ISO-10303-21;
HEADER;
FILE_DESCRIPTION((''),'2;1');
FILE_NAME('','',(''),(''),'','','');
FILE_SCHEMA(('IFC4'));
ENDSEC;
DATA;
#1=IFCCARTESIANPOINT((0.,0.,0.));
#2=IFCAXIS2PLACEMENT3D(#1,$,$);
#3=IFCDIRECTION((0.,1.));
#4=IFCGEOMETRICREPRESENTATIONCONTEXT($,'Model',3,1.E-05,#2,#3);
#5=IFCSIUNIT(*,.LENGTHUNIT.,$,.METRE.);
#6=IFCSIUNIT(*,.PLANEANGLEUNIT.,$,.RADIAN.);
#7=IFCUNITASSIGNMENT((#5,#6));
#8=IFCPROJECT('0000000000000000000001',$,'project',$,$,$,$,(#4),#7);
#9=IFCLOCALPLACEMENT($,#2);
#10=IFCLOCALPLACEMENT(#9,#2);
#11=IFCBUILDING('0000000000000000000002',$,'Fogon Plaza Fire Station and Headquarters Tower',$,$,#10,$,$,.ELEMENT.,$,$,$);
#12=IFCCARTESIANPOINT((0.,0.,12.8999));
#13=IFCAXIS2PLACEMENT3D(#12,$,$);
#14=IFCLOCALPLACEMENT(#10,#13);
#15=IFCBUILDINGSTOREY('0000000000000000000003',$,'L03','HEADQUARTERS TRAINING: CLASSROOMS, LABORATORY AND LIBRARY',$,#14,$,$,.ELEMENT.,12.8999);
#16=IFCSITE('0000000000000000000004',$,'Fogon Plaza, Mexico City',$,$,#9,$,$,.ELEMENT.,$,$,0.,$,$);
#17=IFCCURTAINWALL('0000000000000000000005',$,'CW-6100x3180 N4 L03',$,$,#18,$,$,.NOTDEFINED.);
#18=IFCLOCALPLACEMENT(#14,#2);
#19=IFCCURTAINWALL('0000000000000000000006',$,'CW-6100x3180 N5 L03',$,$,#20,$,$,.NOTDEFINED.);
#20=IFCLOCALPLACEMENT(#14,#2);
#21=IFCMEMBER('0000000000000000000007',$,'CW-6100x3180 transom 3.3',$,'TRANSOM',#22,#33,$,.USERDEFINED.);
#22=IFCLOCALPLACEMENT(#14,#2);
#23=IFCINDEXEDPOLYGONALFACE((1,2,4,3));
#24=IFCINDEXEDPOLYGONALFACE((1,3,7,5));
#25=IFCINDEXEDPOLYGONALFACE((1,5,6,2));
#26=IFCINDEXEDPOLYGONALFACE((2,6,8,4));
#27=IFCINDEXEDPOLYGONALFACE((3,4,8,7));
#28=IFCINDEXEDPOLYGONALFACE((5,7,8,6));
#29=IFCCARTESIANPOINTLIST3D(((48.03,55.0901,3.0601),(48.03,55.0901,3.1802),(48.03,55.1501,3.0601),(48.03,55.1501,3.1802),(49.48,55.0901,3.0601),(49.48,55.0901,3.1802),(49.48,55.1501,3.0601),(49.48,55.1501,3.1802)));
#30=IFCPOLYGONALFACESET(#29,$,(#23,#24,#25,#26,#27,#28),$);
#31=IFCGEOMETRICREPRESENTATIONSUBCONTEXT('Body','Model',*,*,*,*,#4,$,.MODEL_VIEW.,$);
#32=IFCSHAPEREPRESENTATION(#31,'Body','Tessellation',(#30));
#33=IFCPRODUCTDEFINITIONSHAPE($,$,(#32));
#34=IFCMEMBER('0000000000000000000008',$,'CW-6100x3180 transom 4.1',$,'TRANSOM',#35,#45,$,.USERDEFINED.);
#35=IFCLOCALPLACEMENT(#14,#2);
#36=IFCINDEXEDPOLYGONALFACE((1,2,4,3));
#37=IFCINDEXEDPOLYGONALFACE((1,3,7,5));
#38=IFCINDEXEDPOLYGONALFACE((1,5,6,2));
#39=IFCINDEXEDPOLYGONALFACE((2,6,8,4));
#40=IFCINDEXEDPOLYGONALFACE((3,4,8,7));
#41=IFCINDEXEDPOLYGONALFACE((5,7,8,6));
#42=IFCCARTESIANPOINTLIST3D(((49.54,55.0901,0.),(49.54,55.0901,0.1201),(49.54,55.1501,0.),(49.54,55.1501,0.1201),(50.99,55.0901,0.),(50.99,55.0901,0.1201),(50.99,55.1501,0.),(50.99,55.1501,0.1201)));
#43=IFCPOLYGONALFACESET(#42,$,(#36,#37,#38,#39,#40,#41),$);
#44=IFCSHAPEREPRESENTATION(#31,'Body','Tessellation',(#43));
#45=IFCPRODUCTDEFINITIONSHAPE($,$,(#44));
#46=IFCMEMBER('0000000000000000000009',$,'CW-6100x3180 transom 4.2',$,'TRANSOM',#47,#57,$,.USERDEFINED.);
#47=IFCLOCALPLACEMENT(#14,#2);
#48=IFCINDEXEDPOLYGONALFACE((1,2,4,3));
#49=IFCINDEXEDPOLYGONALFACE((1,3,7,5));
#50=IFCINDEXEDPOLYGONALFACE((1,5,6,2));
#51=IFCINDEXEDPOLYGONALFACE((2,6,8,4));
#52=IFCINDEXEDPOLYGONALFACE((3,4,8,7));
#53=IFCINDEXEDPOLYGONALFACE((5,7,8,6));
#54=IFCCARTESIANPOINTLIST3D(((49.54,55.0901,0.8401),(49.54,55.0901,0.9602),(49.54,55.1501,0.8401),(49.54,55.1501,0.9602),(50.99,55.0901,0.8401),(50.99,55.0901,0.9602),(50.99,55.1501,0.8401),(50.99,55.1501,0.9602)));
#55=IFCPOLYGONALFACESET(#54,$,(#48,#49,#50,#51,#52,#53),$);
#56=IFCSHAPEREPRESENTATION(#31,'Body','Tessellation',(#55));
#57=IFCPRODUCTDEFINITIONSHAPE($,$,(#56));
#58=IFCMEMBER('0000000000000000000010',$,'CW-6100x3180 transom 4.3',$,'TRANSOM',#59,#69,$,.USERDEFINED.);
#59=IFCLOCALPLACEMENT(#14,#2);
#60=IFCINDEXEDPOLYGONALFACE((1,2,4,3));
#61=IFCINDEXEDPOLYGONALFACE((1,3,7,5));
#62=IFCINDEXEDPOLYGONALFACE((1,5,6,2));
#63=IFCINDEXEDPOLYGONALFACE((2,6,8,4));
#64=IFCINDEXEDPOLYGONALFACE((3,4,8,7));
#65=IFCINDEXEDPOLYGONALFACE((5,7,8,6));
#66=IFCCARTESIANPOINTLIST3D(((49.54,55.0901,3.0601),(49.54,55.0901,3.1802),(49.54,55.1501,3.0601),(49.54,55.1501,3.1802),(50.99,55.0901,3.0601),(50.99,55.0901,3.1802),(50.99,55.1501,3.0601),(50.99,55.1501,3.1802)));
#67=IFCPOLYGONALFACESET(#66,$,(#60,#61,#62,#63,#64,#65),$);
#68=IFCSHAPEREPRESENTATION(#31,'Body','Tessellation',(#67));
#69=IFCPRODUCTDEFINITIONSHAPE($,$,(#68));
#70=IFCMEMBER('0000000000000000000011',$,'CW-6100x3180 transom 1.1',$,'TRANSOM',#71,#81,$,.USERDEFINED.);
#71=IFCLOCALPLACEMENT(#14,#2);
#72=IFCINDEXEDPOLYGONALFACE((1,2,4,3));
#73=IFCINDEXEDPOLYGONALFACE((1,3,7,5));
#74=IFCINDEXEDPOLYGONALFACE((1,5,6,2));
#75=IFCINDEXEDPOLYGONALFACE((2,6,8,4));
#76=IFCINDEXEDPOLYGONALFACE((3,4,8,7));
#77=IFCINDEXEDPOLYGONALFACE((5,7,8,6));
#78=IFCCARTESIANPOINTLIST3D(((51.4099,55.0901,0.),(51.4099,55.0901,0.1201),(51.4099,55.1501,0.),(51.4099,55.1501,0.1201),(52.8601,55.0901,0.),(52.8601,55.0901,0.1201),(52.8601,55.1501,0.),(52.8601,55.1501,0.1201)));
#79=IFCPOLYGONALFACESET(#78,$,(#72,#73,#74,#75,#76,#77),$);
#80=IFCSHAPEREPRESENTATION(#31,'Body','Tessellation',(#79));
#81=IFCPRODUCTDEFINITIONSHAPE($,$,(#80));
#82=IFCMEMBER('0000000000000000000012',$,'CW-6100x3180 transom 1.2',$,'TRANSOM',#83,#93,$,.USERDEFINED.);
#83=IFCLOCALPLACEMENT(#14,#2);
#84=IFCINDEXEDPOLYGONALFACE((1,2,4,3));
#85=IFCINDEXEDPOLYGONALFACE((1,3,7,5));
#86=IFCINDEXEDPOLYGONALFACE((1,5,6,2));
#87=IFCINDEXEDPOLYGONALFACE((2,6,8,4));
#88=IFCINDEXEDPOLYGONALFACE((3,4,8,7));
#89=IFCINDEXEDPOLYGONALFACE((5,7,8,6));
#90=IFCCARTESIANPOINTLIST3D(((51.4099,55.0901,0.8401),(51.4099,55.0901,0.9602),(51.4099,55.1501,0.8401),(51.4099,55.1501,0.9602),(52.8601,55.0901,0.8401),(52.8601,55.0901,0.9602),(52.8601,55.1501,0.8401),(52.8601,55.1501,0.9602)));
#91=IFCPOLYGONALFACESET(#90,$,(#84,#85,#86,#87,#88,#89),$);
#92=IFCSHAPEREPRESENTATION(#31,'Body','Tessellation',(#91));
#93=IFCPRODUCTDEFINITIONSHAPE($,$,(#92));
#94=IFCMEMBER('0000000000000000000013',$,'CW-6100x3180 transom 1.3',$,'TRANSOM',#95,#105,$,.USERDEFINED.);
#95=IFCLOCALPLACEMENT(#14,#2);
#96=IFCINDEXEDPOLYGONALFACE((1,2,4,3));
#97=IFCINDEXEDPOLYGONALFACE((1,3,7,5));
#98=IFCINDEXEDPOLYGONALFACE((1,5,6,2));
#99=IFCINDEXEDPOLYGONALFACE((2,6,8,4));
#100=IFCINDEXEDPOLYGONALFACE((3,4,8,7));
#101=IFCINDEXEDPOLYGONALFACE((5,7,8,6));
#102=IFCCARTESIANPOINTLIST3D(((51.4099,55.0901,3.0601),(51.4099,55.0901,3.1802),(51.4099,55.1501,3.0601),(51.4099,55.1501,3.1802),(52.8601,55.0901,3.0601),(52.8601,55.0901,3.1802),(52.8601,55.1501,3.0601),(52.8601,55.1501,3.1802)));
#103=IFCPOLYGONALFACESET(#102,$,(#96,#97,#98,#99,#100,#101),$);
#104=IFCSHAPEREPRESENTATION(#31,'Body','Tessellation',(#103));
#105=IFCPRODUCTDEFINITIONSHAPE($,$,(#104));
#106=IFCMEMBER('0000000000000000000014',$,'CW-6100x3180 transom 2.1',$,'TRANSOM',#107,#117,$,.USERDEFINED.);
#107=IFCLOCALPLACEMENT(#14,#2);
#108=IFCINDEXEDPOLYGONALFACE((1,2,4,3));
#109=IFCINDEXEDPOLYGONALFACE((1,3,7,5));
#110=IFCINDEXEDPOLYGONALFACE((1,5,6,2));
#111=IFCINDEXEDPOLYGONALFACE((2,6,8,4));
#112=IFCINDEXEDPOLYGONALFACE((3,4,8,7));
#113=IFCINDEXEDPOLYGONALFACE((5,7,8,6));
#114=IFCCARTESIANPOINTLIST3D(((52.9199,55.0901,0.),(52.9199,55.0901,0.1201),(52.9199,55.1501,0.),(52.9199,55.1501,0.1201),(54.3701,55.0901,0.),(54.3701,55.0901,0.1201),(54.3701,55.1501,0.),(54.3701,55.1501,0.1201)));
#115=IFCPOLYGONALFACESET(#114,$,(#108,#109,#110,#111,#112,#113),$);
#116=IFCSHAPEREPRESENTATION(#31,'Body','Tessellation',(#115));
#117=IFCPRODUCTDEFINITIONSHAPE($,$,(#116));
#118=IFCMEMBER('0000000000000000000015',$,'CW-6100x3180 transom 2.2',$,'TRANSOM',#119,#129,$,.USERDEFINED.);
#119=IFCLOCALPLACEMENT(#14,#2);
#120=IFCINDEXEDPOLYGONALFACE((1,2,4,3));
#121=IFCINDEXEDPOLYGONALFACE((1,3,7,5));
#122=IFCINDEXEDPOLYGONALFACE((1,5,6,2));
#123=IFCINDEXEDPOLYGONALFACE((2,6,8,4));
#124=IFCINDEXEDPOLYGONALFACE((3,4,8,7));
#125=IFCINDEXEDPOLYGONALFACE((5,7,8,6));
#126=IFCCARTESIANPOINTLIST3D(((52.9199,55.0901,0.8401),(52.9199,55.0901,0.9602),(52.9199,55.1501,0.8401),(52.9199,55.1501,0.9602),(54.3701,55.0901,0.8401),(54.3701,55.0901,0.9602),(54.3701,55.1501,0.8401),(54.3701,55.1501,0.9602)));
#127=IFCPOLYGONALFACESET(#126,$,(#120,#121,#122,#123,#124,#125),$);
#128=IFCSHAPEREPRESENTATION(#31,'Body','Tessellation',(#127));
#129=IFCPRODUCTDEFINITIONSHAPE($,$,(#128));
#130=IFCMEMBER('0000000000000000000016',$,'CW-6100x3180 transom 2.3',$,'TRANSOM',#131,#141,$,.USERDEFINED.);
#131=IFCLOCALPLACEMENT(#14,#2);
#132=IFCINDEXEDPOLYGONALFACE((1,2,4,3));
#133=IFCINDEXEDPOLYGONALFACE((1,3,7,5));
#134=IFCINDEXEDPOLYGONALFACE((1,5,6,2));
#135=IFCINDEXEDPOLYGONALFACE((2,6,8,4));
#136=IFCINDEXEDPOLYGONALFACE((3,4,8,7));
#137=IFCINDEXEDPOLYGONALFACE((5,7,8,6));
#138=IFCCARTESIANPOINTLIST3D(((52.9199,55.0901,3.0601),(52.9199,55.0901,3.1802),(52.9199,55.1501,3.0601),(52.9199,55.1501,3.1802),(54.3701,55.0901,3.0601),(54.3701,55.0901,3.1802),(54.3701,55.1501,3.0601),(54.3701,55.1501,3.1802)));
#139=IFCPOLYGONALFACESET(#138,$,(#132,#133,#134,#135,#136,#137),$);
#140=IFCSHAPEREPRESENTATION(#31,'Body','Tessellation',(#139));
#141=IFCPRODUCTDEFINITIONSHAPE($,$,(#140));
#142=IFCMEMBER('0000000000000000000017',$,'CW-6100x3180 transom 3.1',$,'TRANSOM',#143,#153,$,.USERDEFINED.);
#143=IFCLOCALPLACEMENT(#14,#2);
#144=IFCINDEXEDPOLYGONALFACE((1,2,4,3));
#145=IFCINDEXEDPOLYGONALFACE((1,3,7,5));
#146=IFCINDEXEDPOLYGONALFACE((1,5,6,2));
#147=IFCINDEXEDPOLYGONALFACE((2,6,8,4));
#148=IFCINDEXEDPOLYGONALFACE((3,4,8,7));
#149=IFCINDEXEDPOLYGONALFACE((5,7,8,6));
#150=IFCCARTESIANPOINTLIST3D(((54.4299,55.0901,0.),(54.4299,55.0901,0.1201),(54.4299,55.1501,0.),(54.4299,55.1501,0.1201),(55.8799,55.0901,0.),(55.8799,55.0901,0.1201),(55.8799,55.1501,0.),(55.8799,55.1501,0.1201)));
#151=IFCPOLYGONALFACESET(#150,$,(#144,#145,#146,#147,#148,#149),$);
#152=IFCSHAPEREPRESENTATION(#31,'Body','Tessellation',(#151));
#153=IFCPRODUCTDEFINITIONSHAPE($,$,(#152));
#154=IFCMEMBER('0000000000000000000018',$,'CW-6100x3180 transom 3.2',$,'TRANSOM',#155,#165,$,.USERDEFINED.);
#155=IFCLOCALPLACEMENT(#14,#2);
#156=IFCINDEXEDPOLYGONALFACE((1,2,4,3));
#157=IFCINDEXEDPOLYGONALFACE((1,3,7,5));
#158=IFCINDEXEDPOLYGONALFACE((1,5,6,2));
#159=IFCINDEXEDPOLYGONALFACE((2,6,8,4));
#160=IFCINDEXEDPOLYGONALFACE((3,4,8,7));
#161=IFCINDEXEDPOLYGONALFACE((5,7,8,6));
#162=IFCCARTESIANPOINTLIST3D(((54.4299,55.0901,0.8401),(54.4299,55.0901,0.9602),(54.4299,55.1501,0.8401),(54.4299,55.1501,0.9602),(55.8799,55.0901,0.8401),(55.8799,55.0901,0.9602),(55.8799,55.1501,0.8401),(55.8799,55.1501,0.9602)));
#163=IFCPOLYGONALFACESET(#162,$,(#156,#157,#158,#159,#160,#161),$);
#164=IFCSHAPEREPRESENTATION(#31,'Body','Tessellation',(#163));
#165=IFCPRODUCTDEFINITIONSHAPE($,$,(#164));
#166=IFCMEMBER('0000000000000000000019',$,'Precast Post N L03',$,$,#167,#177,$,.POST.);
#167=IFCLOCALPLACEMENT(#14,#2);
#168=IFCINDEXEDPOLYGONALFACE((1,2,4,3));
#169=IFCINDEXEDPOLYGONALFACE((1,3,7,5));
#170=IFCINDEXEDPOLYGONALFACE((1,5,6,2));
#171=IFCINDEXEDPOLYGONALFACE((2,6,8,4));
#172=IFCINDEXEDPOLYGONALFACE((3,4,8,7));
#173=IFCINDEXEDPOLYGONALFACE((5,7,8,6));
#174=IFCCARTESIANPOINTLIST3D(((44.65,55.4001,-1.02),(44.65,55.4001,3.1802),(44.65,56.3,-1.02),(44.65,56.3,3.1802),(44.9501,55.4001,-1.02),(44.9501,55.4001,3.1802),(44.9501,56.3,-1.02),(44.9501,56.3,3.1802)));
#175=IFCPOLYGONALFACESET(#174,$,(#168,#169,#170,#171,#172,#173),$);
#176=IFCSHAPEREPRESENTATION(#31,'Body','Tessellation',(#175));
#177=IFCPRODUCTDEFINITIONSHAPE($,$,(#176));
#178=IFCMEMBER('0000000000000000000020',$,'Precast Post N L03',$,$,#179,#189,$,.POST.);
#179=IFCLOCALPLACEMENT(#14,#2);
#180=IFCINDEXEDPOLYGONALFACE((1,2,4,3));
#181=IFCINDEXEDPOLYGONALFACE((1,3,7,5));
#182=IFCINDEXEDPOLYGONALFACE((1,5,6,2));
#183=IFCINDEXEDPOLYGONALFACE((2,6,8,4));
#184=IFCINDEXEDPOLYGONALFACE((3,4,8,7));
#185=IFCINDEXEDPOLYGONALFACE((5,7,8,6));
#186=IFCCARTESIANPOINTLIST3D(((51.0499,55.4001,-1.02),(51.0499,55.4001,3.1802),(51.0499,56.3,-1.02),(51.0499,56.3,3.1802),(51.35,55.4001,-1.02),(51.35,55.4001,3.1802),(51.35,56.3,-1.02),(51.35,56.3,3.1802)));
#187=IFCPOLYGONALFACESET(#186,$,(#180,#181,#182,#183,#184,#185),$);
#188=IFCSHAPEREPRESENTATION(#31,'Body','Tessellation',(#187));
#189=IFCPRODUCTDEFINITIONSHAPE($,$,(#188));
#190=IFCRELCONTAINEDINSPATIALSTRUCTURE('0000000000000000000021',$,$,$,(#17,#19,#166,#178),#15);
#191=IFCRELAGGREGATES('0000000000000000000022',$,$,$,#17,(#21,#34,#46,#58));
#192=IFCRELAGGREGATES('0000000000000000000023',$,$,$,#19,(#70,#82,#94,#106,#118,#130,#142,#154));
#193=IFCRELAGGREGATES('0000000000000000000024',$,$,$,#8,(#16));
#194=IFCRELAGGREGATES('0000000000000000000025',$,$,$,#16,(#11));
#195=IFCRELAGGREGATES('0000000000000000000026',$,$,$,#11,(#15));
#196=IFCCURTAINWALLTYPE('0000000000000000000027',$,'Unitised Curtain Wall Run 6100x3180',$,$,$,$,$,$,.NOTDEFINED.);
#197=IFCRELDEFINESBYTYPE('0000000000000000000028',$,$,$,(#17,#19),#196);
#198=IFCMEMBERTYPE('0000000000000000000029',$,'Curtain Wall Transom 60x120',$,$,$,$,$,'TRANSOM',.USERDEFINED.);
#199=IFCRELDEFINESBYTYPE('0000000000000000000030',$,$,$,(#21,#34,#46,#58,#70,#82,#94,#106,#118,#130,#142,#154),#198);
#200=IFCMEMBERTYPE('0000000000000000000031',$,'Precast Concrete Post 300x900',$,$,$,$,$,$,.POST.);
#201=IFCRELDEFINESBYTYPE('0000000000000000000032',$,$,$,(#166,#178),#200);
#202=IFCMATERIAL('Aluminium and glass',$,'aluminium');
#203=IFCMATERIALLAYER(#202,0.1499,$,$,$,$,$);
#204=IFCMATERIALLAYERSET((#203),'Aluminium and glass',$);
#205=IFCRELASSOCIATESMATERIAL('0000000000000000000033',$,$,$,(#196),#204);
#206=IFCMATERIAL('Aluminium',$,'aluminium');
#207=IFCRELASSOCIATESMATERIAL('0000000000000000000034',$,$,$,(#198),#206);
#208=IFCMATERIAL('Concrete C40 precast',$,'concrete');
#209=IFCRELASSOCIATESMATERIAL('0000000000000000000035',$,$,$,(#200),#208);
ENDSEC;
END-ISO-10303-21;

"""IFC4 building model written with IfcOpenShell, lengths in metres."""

from ifc_helpers import new_model, si_unit, direction, frame, origin, origin_2d, place, context, subcontext, project, spatial, rectangle, extrude, material, layer, layer_set, material_profile, profile_set, type_object, element, aggregate, save


model = new_model("IFC4")

# Units and contexts
model_context = context("Model", 3, precision=1e-05, world=origin(), true_north=direction((0.0, 1.0)))
body_context = subcontext(model_context, "Body", "Model", "MODEL_VIEW")
ifc_project = project(units=[si_unit("LENGTHUNIT", "METRE"), si_unit("PLANEANGLEUNIT", "RADIAN")], contexts=[model_context])

# Site, building, storey
site_placement = place(None, origin())
site = spatial("IfcSite", under=ifc_project, at=site_placement, Name="Fogon Plaza, Mexico City", CompositionType="ELEMENT", RefElevation=0.0)
building_placement = place(site_placement, origin())
building = spatial("IfcBuilding", under=site, at=building_placement, Name="Fogon Plaza Fire Station and Headquarters Tower", CompositionType="ELEMENT")
storey_placement = place(building_placement, frame((0.0, 0.0, 12.8999)))
storey = spatial("IfcBuildingStorey", under=building, at=storey_placement, Name="L03", Description="HEADQUARTERS TRAINING: CLASSROOMS, LABORATORY AND LIBRARY", CompositionType="ELEMENT", Elevation=12.8999)

# Curtain walls
ifc_material_1 = material(Name="Aluminium and glass", Category="aluminium")
ifc_layer_1 = layer(ifc_material_1, 0.1499)
ifc_layer_set_1 = layer_set([ifc_layer_1], Name="Aluminium and glass")
curtain_wall_type = type_object("IfcCurtainWallType", Name="Unitised Curtain Wall Run 6100x3180", PredefinedType="NOTDEFINED", material=ifc_layer_set_1)
curtain_wall_1_placement = place(storey_placement, origin())
curtain_wall_1 = element("IfcCurtainWall", 1, at=curtain_wall_1_placement, inside=storey, type_object=curtain_wall_type, Name="CW-6100x3180 N4 L03", PredefinedType="NOTDEFINED")
curtain_wall_2_placement = place(storey_placement, origin())
curtain_wall_2 = element("IfcCurtainWall", 2, at=curtain_wall_2_placement, inside=storey, type_object=curtain_wall_type, Name="CW-6100x3180 N5 L03", PredefinedType="NOTDEFINED")

# Members
ifc_material_2 = material(Name="Aluminium", Category="aluminium")
ifc_material_profile_1 = material_profile(ifc_material_2, rectangle(XDim=0.0601, YDim=0.1201, at=origin_2d()), Name="Curtain Wall Transom 60x120")
ifc_profile_set_1 = profile_set([ifc_material_profile_1], Name="Aluminium")
member_type_1 = type_object("IfcMemberType", Name="Curtain Wall Transom 60x120", ElementType="TRANSOM", PredefinedType="USERDEFINED", material=ifc_profile_set_1)
member_1_placement = place(storey_placement, frame((48.03, 55.1201, 3.1201), z_axis=(1.0, 0.0, 0.0), x_axis=(0.0, 1.0, 0.0)))
member_1 = element("IfcMember", 3, at=member_1_placement, type_object=member_type_1, Name="CW-6100x3180 transom 3.3", ObjectType="TRANSOM", PredefinedType="USERDEFINED", context=body_context, shape_type="SweptSolid", body=[
    extrude(rectangle(XDim=0.0601, YDim=0.1201, at=origin_2d()), origin(), (0.0, 0.0, 1.0), 1.45),
])
member_2_placement = place(storey_placement, frame((49.54, 55.1201, 0.0601), z_axis=(1.0, 0.0, 0.0), x_axis=(0.0, 1.0, 0.0)))
member_2 = element("IfcMember", 4, at=member_2_placement, type_object=member_type_1, Name="CW-6100x3180 transom 4.1", ObjectType="TRANSOM", PredefinedType="USERDEFINED", context=body_context, shape_type="SweptSolid", body=[
    extrude(rectangle(XDim=0.0601, YDim=0.1201, at=origin_2d()), origin(), (0.0, 0.0, 1.0), 1.45),
])
member_3_placement = place(storey_placement, frame((49.54, 55.1201, 0.9001), z_axis=(1.0, 0.0, 0.0), x_axis=(0.0, 1.0, 0.0)))
member_3 = element("IfcMember", 5, at=member_3_placement, type_object=member_type_1, Name="CW-6100x3180 transom 4.2", ObjectType="TRANSOM", PredefinedType="USERDEFINED", context=body_context, shape_type="SweptSolid", body=[
    extrude(rectangle(XDim=0.0601, YDim=0.1201, at=origin_2d()), origin(), (0.0, 0.0, 1.0), 1.45),
])
member_4_placement = place(storey_placement, frame((49.54, 55.1201, 3.1201), z_axis=(1.0, 0.0, 0.0), x_axis=(0.0, 1.0, 0.0)))
member_4 = element("IfcMember", 6, at=member_4_placement, type_object=member_type_1, Name="CW-6100x3180 transom 4.3", ObjectType="TRANSOM", PredefinedType="USERDEFINED", context=body_context, shape_type="SweptSolid", body=[
    extrude(rectangle(XDim=0.0601, YDim=0.1201, at=origin_2d()), origin(), (0.0, 0.0, 1.0), 1.45),
])
member_5_placement = place(storey_placement, frame((51.4099, 55.1201, 0.0601), z_axis=(1.0, 0.0, 0.0), x_axis=(0.0, 1.0, 0.0)))
member_5 = element("IfcMember", 7, at=member_5_placement, type_object=member_type_1, Name="CW-6100x3180 transom 1.1", ObjectType="TRANSOM", PredefinedType="USERDEFINED", context=body_context, shape_type="SweptSolid", body=[
    extrude(rectangle(XDim=0.0601, YDim=0.1201, at=origin_2d()), origin(), (0.0, 0.0, 1.0), 1.4502),
])
member_6_placement = place(storey_placement, frame((51.4099, 55.1201, 0.9001), z_axis=(1.0, 0.0, 0.0), x_axis=(0.0, 1.0, 0.0)))
member_6 = element("IfcMember", 8, at=member_6_placement, type_object=member_type_1, Name="CW-6100x3180 transom 1.2", ObjectType="TRANSOM", PredefinedType="USERDEFINED", context=body_context, shape_type="SweptSolid", body=[
    extrude(rectangle(XDim=0.0601, YDim=0.1201, at=origin_2d()), origin(), (0.0, 0.0, 1.0), 1.4502),
])
member_7_placement = place(storey_placement, frame((51.4099, 55.1201, 3.1201), z_axis=(1.0, 0.0, 0.0), x_axis=(0.0, 1.0, 0.0)))
member_7 = element("IfcMember", 9, at=member_7_placement, type_object=member_type_1, Name="CW-6100x3180 transom 1.3", ObjectType="TRANSOM", PredefinedType="USERDEFINED", context=body_context, shape_type="SweptSolid", body=[
    extrude(rectangle(XDim=0.0601, YDim=0.1201, at=origin_2d()), origin(), (0.0, 0.0, 1.0), 1.4502),
])
member_8_placement = place(storey_placement, frame((52.9199, 55.1201, 0.0601), z_axis=(1.0, 0.0, 0.0), x_axis=(0.0, 1.0, 0.0)))
member_8 = element("IfcMember", 10, at=member_8_placement, type_object=member_type_1, Name="CW-6100x3180 transom 2.1", ObjectType="TRANSOM", PredefinedType="USERDEFINED", context=body_context, shape_type="SweptSolid", body=[
    extrude(rectangle(XDim=0.0601, YDim=0.1201, at=origin_2d()), origin(), (0.0, 0.0, 1.0), 1.4502),
])
member_9_placement = place(storey_placement, frame((52.9199, 55.1201, 0.9001), z_axis=(1.0, 0.0, 0.0), x_axis=(0.0, 1.0, 0.0)))
member_9 = element("IfcMember", 11, at=member_9_placement, type_object=member_type_1, Name="CW-6100x3180 transom 2.2", ObjectType="TRANSOM", PredefinedType="USERDEFINED", context=body_context, shape_type="SweptSolid", body=[
    extrude(rectangle(XDim=0.0601, YDim=0.1201, at=origin_2d()), origin(), (0.0, 0.0, 1.0), 1.4502),
])
member_10_placement = place(storey_placement, frame((52.9199, 55.1201, 3.1201), z_axis=(1.0, 0.0, 0.0), x_axis=(0.0, 1.0, 0.0)))
member_10 = element("IfcMember", 12, at=member_10_placement, type_object=member_type_1, Name="CW-6100x3180 transom 2.3", ObjectType="TRANSOM", PredefinedType="USERDEFINED", context=body_context, shape_type="SweptSolid", body=[
    extrude(rectangle(XDim=0.0601, YDim=0.1201, at=origin_2d()), origin(), (0.0, 0.0, 1.0), 1.4502),
])
member_11_placement = place(storey_placement, frame((54.4299, 55.1201, 0.0601), z_axis=(1.0, 0.0, 0.0), x_axis=(0.0, 1.0, 0.0)))
member_11 = element("IfcMember", 13, at=member_11_placement, type_object=member_type_1, Name="CW-6100x3180 transom 3.1", ObjectType="TRANSOM", PredefinedType="USERDEFINED", context=body_context, shape_type="SweptSolid", body=[
    extrude(rectangle(XDim=0.0601, YDim=0.1201, at=origin_2d()), origin(), (0.0, 0.0, 1.0), 1.45),
])
member_12_placement = place(storey_placement, frame((54.4299, 55.1201, 0.9001), z_axis=(1.0, 0.0, 0.0), x_axis=(0.0, 1.0, 0.0)))
member_12 = element("IfcMember", 14, at=member_12_placement, type_object=member_type_1, Name="CW-6100x3180 transom 3.2", ObjectType="TRANSOM", PredefinedType="USERDEFINED", context=body_context, shape_type="SweptSolid", body=[
    extrude(rectangle(XDim=0.0601, YDim=0.1201, at=origin_2d()), origin(), (0.0, 0.0, 1.0), 1.45),
])

# Members
ifc_material_3 = material(Name="Concrete C40 precast", Category="concrete")
ifc_material_profile_2 = material_profile(ifc_material_3, rectangle(XDim=0.3, YDim=0.8999, at=origin_2d()), Name="Precast Concrete Post 300x900")
ifc_profile_set_2 = profile_set([ifc_material_profile_2], Name="Concrete C40 precast")
member_type_2 = type_object("IfcMemberType", Name="Precast Concrete Post 300x900", PredefinedType="POST", material=ifc_profile_set_2)
for number, where, z_axis, x_axis, name in (
    (15, (44.8, 55.8501, -1.02), (0.0, 0.0, 1.0), (1.0, 0.0, 0.0), "Precast Post N L03"),
    (16, (51.2, 55.8501, -1.02), (0.0, 0.0, 1.0), (1.0, 0.0, 0.0), "Precast Post N L03"),
):
    element("IfcMember", number, at=place(storey_placement, frame(where, z_axis=z_axis, x_axis=x_axis)), inside=storey, type_object=member_type_2, Name=name, PredefinedType="POST", context=body_context, shape_type="SweptSolid", body=[
        extrude(rectangle(XDim=0.3, YDim=0.8999, at=origin_2d()), origin(), (0.0, 0.0, 1.0), 4.2002),
    ])

aggregate(curtain_wall_1, [member_1, member_2, member_3, member_4])
aggregate(curtain_wall_2, [member_5, member_6, member_7, member_8, member_9, member_10, member_11, member_12])

save(model, "model.ifc")
